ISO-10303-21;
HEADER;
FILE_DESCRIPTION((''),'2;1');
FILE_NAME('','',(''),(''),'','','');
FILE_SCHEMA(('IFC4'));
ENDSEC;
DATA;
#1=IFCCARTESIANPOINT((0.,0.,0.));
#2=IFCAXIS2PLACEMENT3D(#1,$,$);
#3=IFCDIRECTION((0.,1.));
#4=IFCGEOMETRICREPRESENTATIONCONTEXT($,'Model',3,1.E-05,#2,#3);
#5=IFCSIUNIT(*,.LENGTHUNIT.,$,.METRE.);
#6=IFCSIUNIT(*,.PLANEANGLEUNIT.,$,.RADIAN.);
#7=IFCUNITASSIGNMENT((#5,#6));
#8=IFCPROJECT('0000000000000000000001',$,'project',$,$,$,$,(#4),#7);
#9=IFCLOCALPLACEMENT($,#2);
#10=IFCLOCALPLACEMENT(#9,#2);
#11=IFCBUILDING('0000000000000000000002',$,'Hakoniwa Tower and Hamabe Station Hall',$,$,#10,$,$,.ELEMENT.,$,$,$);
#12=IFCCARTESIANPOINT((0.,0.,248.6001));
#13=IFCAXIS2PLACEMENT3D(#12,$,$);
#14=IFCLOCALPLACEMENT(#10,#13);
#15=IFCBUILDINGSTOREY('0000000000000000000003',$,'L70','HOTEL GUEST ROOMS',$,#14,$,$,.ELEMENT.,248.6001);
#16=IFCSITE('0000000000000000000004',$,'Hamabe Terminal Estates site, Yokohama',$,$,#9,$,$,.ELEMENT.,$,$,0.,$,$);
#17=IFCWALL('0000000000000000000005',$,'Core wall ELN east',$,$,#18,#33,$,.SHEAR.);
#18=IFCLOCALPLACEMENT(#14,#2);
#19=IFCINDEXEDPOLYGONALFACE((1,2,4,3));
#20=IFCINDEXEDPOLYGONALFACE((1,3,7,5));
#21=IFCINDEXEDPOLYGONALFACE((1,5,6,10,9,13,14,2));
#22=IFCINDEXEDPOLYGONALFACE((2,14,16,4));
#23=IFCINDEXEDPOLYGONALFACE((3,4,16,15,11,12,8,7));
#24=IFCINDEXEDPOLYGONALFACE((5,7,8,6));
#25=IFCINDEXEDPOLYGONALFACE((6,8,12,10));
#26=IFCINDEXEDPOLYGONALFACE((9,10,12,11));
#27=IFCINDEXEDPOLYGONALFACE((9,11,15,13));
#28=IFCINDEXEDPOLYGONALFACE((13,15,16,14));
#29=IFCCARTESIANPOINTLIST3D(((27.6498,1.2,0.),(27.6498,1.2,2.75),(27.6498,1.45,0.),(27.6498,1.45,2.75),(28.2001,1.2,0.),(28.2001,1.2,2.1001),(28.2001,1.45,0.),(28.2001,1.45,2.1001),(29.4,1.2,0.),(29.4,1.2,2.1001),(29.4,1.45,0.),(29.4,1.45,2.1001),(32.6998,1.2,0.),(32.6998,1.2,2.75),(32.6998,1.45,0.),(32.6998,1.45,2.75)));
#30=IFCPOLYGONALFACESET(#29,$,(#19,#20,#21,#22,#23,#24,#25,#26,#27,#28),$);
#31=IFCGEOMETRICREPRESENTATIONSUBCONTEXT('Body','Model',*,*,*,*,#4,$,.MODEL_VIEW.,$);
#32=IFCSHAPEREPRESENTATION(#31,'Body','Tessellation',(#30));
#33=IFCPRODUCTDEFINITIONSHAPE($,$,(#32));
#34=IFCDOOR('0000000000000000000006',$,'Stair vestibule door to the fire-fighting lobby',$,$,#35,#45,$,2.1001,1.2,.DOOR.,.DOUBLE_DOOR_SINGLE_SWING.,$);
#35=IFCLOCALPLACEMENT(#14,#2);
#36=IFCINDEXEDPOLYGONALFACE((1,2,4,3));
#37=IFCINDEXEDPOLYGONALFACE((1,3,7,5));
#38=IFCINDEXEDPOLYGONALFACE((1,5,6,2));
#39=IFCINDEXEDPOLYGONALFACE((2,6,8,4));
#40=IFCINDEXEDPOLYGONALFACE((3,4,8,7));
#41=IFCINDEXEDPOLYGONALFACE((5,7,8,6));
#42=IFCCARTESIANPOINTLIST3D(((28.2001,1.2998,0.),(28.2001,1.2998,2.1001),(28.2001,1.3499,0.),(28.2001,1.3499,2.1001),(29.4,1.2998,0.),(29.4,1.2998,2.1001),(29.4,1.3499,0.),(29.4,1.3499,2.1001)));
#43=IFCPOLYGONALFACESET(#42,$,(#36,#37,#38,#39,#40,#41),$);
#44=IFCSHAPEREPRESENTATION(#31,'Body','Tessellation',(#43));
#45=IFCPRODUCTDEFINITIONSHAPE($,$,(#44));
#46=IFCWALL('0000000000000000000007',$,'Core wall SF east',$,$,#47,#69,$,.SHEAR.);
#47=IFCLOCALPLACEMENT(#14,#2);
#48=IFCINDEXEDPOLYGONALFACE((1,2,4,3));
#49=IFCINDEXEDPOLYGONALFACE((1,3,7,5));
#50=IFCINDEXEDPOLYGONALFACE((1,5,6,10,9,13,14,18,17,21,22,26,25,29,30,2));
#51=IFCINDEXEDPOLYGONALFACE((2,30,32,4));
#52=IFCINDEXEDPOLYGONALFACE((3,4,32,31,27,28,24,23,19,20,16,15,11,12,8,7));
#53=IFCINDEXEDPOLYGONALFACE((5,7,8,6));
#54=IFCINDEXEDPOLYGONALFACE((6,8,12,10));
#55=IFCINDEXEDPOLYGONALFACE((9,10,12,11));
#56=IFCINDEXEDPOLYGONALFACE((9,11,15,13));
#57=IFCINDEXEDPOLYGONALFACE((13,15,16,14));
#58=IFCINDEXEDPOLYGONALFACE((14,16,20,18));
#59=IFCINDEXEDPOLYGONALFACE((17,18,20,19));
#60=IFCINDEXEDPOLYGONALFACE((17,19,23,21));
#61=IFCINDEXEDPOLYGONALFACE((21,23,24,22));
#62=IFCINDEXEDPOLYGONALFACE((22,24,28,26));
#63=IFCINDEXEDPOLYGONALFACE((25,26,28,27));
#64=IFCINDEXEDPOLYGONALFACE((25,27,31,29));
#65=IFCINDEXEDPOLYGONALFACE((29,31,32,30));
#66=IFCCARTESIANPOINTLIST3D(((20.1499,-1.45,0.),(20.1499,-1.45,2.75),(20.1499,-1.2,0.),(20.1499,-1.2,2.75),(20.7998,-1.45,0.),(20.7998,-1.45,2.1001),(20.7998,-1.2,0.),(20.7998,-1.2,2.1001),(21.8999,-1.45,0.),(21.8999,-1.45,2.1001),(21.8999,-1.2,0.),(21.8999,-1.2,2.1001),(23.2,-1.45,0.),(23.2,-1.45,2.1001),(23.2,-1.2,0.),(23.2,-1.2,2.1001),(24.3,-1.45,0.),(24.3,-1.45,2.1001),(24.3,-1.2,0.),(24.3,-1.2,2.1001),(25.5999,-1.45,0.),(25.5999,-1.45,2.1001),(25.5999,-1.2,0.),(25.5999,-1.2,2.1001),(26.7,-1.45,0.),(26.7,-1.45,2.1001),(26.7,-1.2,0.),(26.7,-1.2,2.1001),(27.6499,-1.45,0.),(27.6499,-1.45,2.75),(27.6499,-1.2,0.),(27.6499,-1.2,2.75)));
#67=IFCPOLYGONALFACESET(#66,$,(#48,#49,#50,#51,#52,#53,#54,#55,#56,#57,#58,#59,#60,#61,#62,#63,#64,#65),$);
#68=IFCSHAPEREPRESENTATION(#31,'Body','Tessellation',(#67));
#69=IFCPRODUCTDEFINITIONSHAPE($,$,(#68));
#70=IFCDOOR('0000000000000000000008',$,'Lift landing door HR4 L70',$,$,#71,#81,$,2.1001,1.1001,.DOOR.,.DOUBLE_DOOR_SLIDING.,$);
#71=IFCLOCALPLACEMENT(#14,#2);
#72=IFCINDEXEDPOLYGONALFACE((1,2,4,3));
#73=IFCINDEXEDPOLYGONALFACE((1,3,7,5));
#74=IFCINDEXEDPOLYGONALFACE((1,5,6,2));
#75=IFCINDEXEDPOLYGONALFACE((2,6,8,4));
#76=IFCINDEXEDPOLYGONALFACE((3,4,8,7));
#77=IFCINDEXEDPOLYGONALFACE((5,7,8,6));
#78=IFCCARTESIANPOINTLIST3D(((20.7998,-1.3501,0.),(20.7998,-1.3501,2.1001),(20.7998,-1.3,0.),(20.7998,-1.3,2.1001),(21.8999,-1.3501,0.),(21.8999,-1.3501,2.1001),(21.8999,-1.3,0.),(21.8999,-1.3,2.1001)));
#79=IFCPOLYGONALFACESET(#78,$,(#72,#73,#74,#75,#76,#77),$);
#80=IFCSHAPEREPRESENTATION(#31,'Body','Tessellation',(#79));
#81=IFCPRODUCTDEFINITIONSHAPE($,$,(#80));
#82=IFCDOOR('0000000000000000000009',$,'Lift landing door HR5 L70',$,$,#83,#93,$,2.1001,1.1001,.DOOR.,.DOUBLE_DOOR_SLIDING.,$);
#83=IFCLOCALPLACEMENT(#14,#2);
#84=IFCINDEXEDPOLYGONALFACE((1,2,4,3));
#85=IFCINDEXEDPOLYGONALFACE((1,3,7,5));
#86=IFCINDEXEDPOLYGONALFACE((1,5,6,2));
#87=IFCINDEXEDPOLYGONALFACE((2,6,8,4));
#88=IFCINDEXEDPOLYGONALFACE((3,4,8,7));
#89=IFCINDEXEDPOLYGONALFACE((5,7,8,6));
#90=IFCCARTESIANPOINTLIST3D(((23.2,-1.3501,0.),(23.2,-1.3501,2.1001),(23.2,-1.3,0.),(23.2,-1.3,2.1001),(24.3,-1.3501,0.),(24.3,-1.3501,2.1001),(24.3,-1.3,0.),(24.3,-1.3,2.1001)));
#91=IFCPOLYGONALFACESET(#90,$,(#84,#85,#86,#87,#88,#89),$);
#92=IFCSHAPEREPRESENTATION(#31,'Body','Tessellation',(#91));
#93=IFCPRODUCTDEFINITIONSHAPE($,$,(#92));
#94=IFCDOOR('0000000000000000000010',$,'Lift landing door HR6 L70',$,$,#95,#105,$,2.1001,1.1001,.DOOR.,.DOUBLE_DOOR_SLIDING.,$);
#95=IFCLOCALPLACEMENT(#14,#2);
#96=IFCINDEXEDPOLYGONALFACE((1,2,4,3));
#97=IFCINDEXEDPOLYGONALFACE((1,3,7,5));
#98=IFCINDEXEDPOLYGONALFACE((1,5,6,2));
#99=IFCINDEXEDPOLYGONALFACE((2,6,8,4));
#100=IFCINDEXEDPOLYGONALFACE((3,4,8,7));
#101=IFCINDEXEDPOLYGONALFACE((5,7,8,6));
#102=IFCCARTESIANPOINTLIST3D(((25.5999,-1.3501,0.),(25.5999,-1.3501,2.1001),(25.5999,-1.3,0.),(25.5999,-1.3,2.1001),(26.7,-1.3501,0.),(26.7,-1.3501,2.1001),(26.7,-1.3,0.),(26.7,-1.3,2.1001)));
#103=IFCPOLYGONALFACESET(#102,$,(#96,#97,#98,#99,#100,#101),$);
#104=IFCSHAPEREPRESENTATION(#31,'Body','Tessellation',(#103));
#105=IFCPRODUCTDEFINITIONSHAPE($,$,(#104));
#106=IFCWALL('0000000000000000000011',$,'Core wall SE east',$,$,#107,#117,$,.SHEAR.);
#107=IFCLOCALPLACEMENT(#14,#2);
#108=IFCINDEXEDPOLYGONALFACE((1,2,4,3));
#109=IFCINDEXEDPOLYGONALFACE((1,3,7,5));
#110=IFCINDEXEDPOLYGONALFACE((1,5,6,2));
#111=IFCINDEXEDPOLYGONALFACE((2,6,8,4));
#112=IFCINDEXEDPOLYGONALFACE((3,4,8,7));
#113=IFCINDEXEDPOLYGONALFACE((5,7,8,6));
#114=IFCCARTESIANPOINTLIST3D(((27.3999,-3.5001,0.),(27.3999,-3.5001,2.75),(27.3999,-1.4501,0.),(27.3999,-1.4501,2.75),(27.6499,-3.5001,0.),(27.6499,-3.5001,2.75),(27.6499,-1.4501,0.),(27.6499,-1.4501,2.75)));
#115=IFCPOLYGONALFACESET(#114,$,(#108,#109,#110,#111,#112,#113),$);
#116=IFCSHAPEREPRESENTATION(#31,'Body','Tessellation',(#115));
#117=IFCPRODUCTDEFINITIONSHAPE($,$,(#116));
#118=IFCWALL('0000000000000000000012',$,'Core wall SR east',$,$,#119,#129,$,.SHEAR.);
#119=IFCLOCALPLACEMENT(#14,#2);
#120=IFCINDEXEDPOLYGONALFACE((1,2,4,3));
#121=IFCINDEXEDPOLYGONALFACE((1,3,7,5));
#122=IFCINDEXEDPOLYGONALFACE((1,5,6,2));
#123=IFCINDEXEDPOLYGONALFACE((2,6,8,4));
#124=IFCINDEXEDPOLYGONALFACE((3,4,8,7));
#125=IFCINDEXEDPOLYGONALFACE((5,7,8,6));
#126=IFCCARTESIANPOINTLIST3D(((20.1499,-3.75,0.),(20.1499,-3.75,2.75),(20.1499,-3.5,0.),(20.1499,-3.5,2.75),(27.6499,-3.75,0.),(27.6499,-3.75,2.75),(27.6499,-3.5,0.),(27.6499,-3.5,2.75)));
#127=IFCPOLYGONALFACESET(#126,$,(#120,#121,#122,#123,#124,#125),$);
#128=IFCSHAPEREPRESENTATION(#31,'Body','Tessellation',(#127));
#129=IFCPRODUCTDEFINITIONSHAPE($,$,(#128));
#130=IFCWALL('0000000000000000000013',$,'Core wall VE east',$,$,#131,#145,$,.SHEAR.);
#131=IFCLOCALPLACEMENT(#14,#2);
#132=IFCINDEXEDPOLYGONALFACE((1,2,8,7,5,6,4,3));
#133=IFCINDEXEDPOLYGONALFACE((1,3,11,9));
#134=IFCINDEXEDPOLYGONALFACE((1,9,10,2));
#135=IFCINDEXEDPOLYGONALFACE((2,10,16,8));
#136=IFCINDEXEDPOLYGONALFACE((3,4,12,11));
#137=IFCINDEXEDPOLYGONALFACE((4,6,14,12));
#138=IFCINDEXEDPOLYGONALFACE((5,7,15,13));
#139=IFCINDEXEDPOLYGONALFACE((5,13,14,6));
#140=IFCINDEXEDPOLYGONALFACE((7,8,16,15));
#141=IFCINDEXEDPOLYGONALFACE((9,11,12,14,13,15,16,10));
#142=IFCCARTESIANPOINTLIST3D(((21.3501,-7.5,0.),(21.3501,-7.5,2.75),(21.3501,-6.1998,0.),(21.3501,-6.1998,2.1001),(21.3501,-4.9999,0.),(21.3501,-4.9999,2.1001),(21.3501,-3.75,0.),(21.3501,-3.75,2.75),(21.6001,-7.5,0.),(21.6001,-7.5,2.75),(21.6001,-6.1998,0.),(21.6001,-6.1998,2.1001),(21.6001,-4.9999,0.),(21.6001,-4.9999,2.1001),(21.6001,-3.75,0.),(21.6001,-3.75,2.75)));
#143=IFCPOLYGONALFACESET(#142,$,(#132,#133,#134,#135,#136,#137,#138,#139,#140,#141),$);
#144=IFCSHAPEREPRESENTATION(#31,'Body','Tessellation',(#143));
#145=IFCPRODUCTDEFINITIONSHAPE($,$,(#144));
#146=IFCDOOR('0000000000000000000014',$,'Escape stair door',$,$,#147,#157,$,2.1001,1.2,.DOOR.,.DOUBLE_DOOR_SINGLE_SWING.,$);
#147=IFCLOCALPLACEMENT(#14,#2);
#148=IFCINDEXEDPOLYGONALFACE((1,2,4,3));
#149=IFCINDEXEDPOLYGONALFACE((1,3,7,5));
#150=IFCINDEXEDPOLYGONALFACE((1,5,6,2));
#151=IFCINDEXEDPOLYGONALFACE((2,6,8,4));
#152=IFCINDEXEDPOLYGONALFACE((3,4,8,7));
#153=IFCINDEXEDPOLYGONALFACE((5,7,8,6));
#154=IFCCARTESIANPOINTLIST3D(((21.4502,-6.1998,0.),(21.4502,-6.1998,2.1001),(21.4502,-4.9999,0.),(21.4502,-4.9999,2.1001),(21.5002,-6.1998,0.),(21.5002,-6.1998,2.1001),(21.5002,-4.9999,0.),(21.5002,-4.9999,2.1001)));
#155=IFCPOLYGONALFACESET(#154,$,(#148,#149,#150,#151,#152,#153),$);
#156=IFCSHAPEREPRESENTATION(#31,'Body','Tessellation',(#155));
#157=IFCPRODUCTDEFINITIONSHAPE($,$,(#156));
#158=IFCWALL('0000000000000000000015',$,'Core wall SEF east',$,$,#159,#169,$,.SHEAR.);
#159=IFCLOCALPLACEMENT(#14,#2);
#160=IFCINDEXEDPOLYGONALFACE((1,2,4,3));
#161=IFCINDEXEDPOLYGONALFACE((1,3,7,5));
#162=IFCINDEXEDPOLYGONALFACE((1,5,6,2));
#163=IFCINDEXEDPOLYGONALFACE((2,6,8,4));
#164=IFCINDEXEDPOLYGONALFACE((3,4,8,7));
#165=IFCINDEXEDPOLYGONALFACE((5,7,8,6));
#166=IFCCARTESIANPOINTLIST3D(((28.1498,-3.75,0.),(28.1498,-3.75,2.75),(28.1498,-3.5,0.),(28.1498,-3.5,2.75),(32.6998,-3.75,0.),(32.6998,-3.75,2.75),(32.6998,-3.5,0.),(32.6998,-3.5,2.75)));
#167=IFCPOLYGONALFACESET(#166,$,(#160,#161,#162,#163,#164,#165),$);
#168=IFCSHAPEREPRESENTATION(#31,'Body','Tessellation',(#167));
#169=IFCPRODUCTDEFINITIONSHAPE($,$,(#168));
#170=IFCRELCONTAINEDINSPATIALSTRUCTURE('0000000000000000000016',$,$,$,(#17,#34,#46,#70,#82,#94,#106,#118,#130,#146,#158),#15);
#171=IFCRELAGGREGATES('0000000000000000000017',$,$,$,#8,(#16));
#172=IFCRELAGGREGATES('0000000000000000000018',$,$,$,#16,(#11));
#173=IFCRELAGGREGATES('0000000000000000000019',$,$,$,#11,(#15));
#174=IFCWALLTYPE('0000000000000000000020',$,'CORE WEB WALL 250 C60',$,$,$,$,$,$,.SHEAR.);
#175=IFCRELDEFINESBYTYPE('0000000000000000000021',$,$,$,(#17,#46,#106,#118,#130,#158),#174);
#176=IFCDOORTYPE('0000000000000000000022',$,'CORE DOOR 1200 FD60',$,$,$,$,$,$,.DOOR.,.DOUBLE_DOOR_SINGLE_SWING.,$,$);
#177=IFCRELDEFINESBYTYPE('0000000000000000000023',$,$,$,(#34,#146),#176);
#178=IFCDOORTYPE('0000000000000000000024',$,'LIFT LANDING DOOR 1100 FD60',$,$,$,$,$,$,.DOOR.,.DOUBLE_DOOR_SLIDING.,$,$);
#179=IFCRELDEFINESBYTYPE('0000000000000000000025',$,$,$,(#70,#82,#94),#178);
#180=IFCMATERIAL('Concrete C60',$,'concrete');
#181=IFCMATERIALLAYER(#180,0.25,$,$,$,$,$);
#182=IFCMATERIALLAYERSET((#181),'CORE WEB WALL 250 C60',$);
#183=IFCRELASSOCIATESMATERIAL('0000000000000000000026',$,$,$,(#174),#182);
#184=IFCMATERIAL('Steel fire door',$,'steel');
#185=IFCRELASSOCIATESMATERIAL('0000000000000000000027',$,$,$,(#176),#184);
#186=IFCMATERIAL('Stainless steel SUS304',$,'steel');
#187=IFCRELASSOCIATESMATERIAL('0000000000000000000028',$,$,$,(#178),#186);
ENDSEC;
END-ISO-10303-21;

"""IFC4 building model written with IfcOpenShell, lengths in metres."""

from ifc_helpers import new_model, si_unit, direction, frame, frame_2d, origin, place, context, subcontext, project, spatial, rectangle, extrude, material, layer, layer_set, type_object, element, fill, save


model = new_model("IFC4")

# Units and contexts
model_context = context("Model", 3, precision=1e-05, world=origin(), true_north=direction((0.0, 1.0)))
body_context = subcontext(model_context, "Body", "Model", "MODEL_VIEW")
ifc_project = project(units=[si_unit("LENGTHUNIT", "METRE"), si_unit("PLANEANGLEUNIT", "RADIAN")], contexts=[model_context])

# Site, building, storey
site_placement = place(None, origin())
site = spatial("IfcSite", under=ifc_project, at=site_placement, Name="Hamabe Terminal Estates site, Yokohama", CompositionType="ELEMENT", RefElevation=0.0)
building_placement = place(site_placement, origin())
building = spatial("IfcBuilding", under=site, at=building_placement, Name="Hakoniwa Tower and Hamabe Station Hall", CompositionType="ELEMENT")
storey_placement = place(building_placement, frame((0.0, 0.0, 248.6001)))
storey = spatial("IfcBuildingStorey", under=building, at=storey_placement, Name="L70", Description="HOTEL GUEST ROOMS", CompositionType="ELEMENT", Elevation=248.6001)

# Wall, opening, door
ifc_material_1 = material(Name="Concrete C60", Category="concrete")
ifc_layer_1 = layer(ifc_material_1, 0.25)
ifc_layer_set_1 = layer_set([ifc_layer_1], Name="CORE WEB WALL 250 C60")
wall_type_1 = type_object("IfcWallType", Name="CORE WEB WALL 250 C60", PredefinedType="SHEAR", material=ifc_layer_set_1)
wall_1_placement = place(storey_placement, frame((27.6499, 1.325, 0.0), z_axis=(0.0, 0.0, 1.0), x_axis=(1.0, 0.0, 0.0)))
wall_1 = element("IfcWall", 1, at=wall_1_placement, inside=storey, type_object=wall_type_1, Name="Core wall ELN east", PredefinedType="SHEAR", context=body_context, shape_type="SweptSolid", body=[
    extrude(rectangle(XDim=5.05, YDim=0.25, at=frame_2d((2.5249, 0.0))), origin(), (0.0, 0.0, 1.0), 2.75),
])
opening_1_placement = place(wall_1_placement, frame((0.55, 0.0, 0.0)))
opening_1 = element("IfcOpeningElement", 2, at=opening_1_placement, cuts=wall_1, PredefinedType="OPENING", context=body_context, shape_type="SweptSolid", body=[
    extrude(rectangle(XDim=1.2, YDim=2.1001, at=frame_2d((0.6001, 1.05))), frame((0.0, 0.135, 0.0), z_axis=(0.0, -1.0, 0.0), x_axis=(1.0, 0.0, 0.0)), (0.0, 0.0, 1.0), 0.27),
])
ifc_material_2 = material(Name="Steel fire door", Category="steel")
door_type_1 = type_object("IfcDoorType", Name="CORE DOOR 1200 FD60", OperationType="DOUBLE_DOOR_SINGLE_SWING", PredefinedType="DOOR", material=ifc_material_2)
door_1_placement = place(opening_1_placement, origin())
door_1 = element("IfcDoor", 3, at=door_1_placement, inside=storey, type_object=door_type_1, Name="Stair vestibule door to the fire-fighting lobby", OperationType="DOUBLE_DOOR_SINGLE_SWING", OverallHeight=2.1001, OverallWidth=1.2, PredefinedType="DOOR", context=body_context, shape_type="SweptSolid", body=[
    extrude(rectangle(XDim=1.2, YDim=2.1001, at=frame_2d((0.6001, 1.05))), frame((0.0, 0.0249, 0.0), z_axis=(0.0, -1.0, 0.0), x_axis=(1.0, 0.0, 0.0)), (0.0, 0.0, 1.0), 0.05),
])
fill(opening_1, door_1)

# Wall, openings, doors
wall_2_placement = place(storey_placement, frame((20.1499, -1.325, 0.0), z_axis=(0.0, 0.0, 1.0), x_axis=(1.0, 0.0, 0.0)))
wall_2 = element("IfcWall", 4, at=wall_2_placement, inside=storey, type_object=wall_type_1, Name="Core wall SF east", PredefinedType="SHEAR", context=body_context, shape_type="SweptSolid", body=[
    extrude(rectangle(XDim=7.5, YDim=0.25, at=frame_2d((3.75, 0.0))), origin(), (0.0, 0.0, 1.0), 2.75),
])
opening_2_placement = place(wall_2_placement, frame((0.6499, 0.0, 0.0)))
opening_2 = element("IfcOpeningElement", 5, at=opening_2_placement, cuts=wall_2, PredefinedType="OPENING", context=body_context, shape_type="SweptSolid", body=[
    extrude(rectangle(XDim=1.1001, YDim=2.1001, at=frame_2d((0.55, 1.05))), frame((0.0, 0.135, 0.0), z_axis=(0.0, -1.0, 0.0), x_axis=(1.0, 0.0, 0.0)), (0.0, 0.0, 1.0), 0.27),
])
opening_3_placement = place(wall_2_placement, frame((3.05, 0.0, 0.0)))
opening_3 = element("IfcOpeningElement", 6, at=opening_3_placement, cuts=wall_2, PredefinedType="OPENING", context=body_context, shape_type="SweptSolid", body=[
    extrude(rectangle(XDim=1.1001, YDim=2.1001, at=frame_2d((0.55, 1.05))), frame((0.0, 0.135, 0.0), z_axis=(0.0, -1.0, 0.0), x_axis=(1.0, 0.0, 0.0)), (0.0, 0.0, 1.0), 0.27),
])
opening_4_placement = place(wall_2_placement, frame((5.45, 0.0, 0.0)))
opening_4 = element("IfcOpeningElement", 7, at=opening_4_placement, cuts=wall_2, PredefinedType="OPENING", context=body_context, shape_type="SweptSolid", body=[
    extrude(rectangle(XDim=1.1001, YDim=2.1001, at=frame_2d((0.55, 1.05))), frame((0.0, 0.135, 0.0), z_axis=(0.0, -1.0, 0.0), x_axis=(1.0, 0.0, 0.0)), (0.0, 0.0, 1.0), 0.27),
])
ifc_material_3 = material(Name="Stainless steel SUS304", Category="steel")
door_type_2 = type_object("IfcDoorType", Name="LIFT LANDING DOOR 1100 FD60", OperationType="DOUBLE_DOOR_SLIDING", PredefinedType="DOOR", material=ifc_material_3)
door_2_placement = place(opening_2_placement, origin())
door_2 = element("IfcDoor", 8, at=door_2_placement, inside=storey, type_object=door_type_2, Name="Lift landing door HR4 L70", OperationType="DOUBLE_DOOR_SLIDING", OverallHeight=2.1001, OverallWidth=1.1001, PredefinedType="DOOR", context=body_context, shape_type="SweptSolid", body=[
    extrude(rectangle(XDim=1.1001, YDim=2.1001, at=frame_2d((0.55, 1.05))), frame((0.0, 0.0249, 0.0), z_axis=(0.0, -1.0, 0.0), x_axis=(1.0, 0.0, 0.0)), (0.0, 0.0, 1.0), 0.05),
])
fill(opening_2, door_2)
door_3_placement = place(opening_3_placement, origin())
door_3 = element("IfcDoor", 9, at=door_3_placement, inside=storey, type_object=door_type_2, Name="Lift landing door HR5 L70", OperationType="DOUBLE_DOOR_SLIDING", OverallHeight=2.1001, OverallWidth=1.1001, PredefinedType="DOOR", context=body_context, shape_type="SweptSolid", body=[
    extrude(rectangle(XDim=1.1001, YDim=2.1001, at=frame_2d((0.55, 1.05))), frame((0.0, 0.0249, 0.0), z_axis=(0.0, -1.0, 0.0), x_axis=(1.0, 0.0, 0.0)), (0.0, 0.0, 1.0), 0.05),
])
fill(opening_3, door_3)
door_4_placement = place(opening_4_placement, origin())
door_4 = element("IfcDoor", 10, at=door_4_placement, inside=storey, type_object=door_type_2, Name="Lift landing door HR6 L70", OperationType="DOUBLE_DOOR_SLIDING", OverallHeight=2.1001, OverallWidth=1.1001, PredefinedType="DOOR", context=body_context, shape_type="SweptSolid", body=[
    extrude(rectangle(XDim=1.1001, YDim=2.1001, at=frame_2d((0.55, 1.05))), frame((0.0, 0.0249, 0.0), z_axis=(0.0, -1.0, 0.0), x_axis=(1.0, 0.0, 0.0)), (0.0, 0.0, 1.0), 0.05),
])
fill(opening_4, door_4)

# Walls
wall_3_placement = place(storey_placement, frame((27.5249, -3.5, 0.0), z_axis=(0.0, 0.0, 1.0), x_axis=(0.0, 1.0, 0.0)))
element("IfcWall", 11, at=wall_3_placement, inside=storey, type_object=wall_type_1, Name="Core wall SE east", PredefinedType="SHEAR", context=body_context, shape_type="SweptSolid", body=[
    extrude(rectangle(XDim=2.05, YDim=0.25, at=frame_2d((1.0249, 0.0))), origin(), (0.0, 0.0, 1.0), 2.75),
])
wall_4_placement = place(storey_placement, frame((20.1499, -3.625, 0.0), z_axis=(0.0, 0.0, 1.0), x_axis=(1.0, 0.0, 0.0)))
element("IfcWall", 12, at=wall_4_placement, inside=storey, type_object=wall_type_1, Name="Core wall SR east", PredefinedType="SHEAR", context=body_context, shape_type="SweptSolid", body=[
    extrude(rectangle(XDim=7.5, YDim=0.25, at=frame_2d((3.75, 0.0))), origin(), (0.0, 0.0, 1.0), 2.75),
])

# Wall, opening, door
wall_5_placement = place(storey_placement, frame((21.4751, -7.5, 0.0), z_axis=(0.0, 0.0, 1.0), x_axis=(0.0, 1.0, 0.0)))
wall_5 = element("IfcWall", 13, at=wall_5_placement, inside=storey, type_object=wall_type_1, Name="Core wall VE east", PredefinedType="SHEAR", context=body_context, shape_type="SweptSolid", body=[
    extrude(rectangle(XDim=3.75, YDim=0.25, at=frame_2d((1.875, 0.0))), origin(), (0.0, 0.0, 1.0), 2.75),
])
opening_5_placement = place(wall_5_placement, frame((1.3, 0.0, 0.0)))
opening_5 = element("IfcOpeningElement", 14, at=opening_5_placement, cuts=wall_5, PredefinedType="OPENING", context=body_context, shape_type="SweptSolid", body=[
    extrude(rectangle(XDim=1.2, YDim=2.1001, at=frame_2d((0.6001, 1.05))), frame((0.0, 0.135, 0.0), z_axis=(0.0, -1.0, 0.0), x_axis=(1.0, 0.0, 0.0)), (0.0, 0.0, 1.0), 0.27),
])
door_5_placement = place(opening_5_placement, origin())
door_5 = element("IfcDoor", 15, at=door_5_placement, inside=storey, type_object=door_type_1, Name="Escape stair door", OperationType="DOUBLE_DOOR_SINGLE_SWING", OverallHeight=2.1001, OverallWidth=1.2, PredefinedType="DOOR", context=body_context, shape_type="SweptSolid", body=[
    extrude(rectangle(XDim=1.2, YDim=2.1001, at=frame_2d((0.6001, 1.05))), frame((0.0, 0.0249, 0.0), z_axis=(0.0, -1.0, 0.0), x_axis=(1.0, 0.0, 0.0)), (0.0, 0.0, 1.0), 0.05),
])
fill(opening_5, door_5)

# Wall
wall_6_placement = place(storey_placement, frame((28.1499, -3.625, 0.0), z_axis=(0.0, 0.0, 1.0), x_axis=(1.0, 0.0, 0.0)))
element("IfcWall", 16, at=wall_6_placement, inside=storey, type_object=wall_type_1, Name="Core wall SEF east", PredefinedType="SHEAR", context=body_context, shape_type="SweptSolid", body=[
    extrude(rectangle(XDim=4.55, YDim=0.25, at=frame_2d((2.2749, 0.0))), origin(), (0.0, 0.0, 1.0), 2.75),
])

save(model, "model.ifc")
